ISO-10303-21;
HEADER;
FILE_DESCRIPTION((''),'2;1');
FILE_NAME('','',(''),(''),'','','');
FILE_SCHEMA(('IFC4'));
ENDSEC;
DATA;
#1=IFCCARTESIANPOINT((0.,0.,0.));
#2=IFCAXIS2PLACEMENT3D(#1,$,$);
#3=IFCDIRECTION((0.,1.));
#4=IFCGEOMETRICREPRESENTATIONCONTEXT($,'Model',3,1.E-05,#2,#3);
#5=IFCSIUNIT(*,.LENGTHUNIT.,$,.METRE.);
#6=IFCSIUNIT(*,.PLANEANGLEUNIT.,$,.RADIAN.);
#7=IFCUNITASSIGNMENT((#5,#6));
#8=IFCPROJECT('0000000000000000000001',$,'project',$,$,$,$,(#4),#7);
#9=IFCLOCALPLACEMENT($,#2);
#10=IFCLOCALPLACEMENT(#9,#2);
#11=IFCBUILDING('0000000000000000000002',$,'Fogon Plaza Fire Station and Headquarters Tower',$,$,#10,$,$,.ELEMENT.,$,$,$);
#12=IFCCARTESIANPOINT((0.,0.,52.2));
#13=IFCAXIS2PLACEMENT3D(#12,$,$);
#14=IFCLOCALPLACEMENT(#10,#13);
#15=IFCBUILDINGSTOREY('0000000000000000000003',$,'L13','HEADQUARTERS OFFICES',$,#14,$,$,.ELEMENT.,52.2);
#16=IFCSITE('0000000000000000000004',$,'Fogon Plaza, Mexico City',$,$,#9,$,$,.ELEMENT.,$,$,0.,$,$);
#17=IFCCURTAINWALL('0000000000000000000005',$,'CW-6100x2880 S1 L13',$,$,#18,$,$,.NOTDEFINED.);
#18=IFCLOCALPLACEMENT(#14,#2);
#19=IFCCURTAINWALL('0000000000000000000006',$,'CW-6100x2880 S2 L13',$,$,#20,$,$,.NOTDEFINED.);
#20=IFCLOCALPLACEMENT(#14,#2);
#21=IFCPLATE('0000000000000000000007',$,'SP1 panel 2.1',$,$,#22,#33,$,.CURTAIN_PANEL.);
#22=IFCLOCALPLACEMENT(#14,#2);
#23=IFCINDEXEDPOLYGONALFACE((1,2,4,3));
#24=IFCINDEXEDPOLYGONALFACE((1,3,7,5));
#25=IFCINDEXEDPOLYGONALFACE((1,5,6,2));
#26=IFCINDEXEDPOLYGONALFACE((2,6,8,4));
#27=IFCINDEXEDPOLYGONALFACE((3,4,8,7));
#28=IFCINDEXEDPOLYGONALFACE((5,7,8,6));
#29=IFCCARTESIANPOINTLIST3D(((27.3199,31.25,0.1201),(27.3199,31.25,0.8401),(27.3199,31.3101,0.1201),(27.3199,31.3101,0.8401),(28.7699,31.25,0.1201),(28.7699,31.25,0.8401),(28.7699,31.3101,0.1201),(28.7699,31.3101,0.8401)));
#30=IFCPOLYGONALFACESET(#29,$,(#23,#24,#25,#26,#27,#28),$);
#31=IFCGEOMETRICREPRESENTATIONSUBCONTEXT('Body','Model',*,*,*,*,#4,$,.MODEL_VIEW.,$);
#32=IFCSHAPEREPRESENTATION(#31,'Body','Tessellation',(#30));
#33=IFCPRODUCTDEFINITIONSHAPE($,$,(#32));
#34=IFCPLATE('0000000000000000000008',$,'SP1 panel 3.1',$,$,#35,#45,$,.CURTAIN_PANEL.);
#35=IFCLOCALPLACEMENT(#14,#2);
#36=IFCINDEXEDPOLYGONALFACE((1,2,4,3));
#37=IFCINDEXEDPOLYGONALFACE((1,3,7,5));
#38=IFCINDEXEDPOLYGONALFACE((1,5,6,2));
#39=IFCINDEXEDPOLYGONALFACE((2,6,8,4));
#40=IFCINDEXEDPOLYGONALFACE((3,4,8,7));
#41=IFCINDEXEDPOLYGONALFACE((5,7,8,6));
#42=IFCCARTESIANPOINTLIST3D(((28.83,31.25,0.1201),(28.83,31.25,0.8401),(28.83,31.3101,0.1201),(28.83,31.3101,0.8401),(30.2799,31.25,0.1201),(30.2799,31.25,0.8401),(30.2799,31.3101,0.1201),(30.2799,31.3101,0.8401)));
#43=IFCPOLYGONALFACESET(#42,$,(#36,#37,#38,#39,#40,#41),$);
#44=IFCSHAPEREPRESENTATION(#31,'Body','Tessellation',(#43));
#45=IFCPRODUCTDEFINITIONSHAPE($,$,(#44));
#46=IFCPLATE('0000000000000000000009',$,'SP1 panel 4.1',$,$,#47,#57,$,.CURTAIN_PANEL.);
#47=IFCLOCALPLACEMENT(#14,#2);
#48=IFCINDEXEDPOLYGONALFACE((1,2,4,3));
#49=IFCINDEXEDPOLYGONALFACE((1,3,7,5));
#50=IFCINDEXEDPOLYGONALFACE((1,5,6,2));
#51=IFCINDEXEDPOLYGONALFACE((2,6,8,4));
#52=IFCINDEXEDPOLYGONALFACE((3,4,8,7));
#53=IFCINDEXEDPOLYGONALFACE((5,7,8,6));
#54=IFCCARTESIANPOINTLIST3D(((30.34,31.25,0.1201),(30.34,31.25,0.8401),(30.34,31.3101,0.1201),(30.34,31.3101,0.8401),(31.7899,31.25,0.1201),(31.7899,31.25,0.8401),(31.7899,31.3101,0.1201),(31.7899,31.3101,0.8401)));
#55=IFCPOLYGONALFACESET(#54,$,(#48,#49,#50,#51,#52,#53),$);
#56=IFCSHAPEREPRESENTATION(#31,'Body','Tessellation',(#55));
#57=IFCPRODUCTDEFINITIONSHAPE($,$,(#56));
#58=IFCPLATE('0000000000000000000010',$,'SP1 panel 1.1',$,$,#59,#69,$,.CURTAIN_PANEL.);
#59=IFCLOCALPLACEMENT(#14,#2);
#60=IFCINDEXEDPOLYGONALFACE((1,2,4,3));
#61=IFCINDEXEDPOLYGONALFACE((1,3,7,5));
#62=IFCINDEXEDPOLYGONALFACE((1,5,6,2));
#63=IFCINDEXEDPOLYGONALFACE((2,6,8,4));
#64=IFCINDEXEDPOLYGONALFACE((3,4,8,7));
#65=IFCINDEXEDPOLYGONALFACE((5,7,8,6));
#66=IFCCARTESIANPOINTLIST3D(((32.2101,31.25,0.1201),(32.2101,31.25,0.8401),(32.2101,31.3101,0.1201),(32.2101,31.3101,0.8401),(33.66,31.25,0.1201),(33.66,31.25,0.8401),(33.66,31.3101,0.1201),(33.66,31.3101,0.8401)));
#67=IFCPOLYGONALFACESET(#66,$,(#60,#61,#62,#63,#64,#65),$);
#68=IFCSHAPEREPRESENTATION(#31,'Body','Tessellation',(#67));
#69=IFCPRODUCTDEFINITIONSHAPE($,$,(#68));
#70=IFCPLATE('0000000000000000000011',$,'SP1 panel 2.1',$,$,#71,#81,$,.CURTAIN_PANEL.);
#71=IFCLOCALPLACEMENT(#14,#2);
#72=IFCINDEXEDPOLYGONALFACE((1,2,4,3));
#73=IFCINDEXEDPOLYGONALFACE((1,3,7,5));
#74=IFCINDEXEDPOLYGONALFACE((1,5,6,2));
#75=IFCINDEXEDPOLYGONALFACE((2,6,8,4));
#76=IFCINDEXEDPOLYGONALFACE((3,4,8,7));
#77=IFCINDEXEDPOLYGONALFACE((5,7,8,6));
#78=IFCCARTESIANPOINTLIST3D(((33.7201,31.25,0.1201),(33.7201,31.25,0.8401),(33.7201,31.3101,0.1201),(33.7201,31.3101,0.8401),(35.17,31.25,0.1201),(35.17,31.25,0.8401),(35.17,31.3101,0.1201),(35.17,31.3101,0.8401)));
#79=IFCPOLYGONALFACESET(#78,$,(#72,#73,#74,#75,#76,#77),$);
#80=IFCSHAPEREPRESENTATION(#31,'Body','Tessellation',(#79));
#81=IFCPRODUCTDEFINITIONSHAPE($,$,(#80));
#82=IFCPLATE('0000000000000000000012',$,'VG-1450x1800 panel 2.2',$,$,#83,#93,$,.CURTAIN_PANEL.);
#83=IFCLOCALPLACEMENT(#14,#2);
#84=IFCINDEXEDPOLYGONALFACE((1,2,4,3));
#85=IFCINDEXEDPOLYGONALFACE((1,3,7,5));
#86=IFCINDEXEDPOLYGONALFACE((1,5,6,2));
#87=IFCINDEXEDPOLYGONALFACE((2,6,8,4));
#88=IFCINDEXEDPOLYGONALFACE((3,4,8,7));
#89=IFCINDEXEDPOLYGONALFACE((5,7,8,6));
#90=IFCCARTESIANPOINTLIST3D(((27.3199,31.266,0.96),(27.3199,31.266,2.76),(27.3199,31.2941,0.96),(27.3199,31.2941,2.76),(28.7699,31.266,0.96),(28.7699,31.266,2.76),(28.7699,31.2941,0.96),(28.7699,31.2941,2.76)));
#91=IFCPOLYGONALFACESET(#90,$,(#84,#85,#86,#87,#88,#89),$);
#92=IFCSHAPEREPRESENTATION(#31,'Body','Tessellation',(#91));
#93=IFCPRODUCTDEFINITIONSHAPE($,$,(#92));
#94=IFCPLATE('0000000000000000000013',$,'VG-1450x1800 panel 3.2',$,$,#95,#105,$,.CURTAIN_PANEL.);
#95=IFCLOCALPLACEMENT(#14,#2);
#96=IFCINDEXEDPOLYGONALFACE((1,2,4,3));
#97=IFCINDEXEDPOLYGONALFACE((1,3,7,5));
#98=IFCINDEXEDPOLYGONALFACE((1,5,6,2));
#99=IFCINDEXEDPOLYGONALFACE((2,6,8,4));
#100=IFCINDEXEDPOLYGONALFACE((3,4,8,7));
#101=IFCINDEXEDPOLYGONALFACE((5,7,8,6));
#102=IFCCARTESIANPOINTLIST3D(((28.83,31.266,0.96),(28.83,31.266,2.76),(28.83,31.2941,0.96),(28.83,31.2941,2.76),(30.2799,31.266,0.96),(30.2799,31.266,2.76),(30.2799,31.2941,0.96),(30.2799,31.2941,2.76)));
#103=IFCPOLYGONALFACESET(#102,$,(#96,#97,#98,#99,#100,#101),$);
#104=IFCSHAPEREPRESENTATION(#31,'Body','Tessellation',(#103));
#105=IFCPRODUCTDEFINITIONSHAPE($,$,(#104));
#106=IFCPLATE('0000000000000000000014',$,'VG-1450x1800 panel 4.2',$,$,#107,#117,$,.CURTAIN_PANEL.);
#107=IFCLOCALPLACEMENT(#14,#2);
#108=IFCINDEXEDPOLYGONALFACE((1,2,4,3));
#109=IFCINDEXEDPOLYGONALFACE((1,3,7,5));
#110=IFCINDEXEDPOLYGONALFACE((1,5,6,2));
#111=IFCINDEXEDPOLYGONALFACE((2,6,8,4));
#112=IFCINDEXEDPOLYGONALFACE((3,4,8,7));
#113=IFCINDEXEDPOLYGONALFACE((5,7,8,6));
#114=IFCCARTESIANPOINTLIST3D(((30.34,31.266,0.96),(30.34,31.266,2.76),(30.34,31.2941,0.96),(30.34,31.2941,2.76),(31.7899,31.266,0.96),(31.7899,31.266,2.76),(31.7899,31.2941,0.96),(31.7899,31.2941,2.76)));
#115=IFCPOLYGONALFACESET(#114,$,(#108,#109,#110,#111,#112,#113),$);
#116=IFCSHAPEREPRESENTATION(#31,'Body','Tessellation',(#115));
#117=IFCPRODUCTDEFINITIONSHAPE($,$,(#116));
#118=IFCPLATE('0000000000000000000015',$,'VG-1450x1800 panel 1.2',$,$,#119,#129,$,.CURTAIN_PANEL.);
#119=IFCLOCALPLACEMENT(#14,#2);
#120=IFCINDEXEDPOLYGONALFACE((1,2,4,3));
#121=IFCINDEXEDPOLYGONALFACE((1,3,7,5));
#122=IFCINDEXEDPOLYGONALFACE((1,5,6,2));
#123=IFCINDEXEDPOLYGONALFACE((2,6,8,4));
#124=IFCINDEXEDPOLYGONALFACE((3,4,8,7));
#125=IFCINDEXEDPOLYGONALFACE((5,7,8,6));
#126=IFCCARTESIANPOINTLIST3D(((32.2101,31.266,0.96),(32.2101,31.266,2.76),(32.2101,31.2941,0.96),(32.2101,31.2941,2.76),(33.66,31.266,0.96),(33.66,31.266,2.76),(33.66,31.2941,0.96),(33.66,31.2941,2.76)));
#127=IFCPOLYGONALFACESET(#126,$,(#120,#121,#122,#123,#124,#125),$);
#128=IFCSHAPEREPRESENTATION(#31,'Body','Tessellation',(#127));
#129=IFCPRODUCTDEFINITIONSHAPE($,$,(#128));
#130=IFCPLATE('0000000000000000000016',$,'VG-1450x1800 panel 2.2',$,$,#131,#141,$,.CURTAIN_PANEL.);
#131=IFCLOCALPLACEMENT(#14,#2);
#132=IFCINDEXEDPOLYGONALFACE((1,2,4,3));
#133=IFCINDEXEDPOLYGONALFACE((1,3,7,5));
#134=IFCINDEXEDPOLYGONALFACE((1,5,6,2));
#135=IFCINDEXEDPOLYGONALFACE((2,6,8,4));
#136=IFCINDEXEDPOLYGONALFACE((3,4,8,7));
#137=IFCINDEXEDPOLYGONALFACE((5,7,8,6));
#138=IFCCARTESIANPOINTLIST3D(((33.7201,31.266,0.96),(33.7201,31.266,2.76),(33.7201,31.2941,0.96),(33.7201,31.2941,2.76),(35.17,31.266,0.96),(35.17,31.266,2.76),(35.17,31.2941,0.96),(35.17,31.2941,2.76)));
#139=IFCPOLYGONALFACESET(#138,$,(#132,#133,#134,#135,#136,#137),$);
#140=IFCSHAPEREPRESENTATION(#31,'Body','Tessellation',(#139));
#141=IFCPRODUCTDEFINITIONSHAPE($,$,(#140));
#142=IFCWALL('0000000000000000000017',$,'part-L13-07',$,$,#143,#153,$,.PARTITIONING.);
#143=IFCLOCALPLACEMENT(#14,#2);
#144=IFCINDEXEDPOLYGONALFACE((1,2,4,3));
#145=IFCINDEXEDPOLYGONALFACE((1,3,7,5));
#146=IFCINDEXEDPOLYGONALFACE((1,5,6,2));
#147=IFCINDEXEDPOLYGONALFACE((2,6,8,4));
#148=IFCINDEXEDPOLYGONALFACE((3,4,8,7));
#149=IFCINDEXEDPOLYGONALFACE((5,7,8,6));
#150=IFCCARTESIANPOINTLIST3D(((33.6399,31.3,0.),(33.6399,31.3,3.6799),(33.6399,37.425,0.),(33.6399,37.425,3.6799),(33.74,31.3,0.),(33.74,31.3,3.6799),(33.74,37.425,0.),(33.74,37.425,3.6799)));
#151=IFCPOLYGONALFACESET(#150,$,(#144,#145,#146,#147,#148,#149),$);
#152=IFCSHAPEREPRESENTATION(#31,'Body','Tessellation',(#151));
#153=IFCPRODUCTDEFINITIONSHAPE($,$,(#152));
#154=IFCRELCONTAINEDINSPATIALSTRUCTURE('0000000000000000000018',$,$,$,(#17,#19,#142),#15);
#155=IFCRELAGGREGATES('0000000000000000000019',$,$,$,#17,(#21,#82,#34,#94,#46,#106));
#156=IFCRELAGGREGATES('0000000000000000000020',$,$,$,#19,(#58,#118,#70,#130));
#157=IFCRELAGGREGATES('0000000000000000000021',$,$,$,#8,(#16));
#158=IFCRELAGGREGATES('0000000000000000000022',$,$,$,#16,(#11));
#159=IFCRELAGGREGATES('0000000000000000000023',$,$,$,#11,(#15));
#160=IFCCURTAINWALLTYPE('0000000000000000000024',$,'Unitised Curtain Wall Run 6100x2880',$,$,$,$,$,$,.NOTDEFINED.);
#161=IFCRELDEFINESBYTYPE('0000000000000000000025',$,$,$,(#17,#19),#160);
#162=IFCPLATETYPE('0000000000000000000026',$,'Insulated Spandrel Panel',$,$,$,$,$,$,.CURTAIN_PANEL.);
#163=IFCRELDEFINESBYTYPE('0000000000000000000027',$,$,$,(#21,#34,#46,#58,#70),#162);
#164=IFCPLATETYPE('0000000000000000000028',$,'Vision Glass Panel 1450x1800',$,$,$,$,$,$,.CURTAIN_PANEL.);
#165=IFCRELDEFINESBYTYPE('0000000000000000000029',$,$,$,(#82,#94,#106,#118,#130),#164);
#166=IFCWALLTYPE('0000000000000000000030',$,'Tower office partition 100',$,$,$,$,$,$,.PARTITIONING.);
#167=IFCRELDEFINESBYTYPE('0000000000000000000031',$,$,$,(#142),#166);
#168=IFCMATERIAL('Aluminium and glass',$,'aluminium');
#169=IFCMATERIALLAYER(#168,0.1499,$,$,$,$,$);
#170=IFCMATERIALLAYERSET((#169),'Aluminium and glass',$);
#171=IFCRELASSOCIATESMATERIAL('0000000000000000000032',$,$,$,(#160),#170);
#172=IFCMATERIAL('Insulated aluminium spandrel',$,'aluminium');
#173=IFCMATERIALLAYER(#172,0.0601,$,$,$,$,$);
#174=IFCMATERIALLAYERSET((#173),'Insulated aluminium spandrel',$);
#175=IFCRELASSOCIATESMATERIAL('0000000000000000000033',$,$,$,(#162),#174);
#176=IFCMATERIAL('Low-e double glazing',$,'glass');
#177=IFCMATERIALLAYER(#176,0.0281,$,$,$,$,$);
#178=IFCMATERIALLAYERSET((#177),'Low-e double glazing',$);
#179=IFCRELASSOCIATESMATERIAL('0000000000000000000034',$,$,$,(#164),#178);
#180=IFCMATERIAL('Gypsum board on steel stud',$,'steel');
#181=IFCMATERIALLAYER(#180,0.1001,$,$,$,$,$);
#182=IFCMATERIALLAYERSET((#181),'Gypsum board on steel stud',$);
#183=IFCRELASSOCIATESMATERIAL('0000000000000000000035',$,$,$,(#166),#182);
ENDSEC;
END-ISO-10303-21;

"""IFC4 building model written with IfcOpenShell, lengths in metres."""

from ifc_helpers import new_model, si_unit, direction, frame, frame_2d, origin, origin_2d, place, context, subcontext, project, spatial, rectangle, extrude, material, layer, layer_set, type_object, element, aggregate, save


model = new_model("IFC4")

# Units and contexts
model_context = context("Model", 3, precision=1e-05, world=origin(), true_north=direction((0.0, 1.0)))
body_context = subcontext(model_context, "Body", "Model", "MODEL_VIEW")
ifc_project = project(units=[si_unit("LENGTHUNIT", "METRE"), si_unit("PLANEANGLEUNIT", "RADIAN")], contexts=[model_context])

# Site, building, storey
site_placement = place(None, origin())
site = spatial("IfcSite", under=ifc_project, at=site_placement, Name="Fogon Plaza, Mexico City", CompositionType="ELEMENT", RefElevation=0.0)
building_placement = place(site_placement, origin())
building = spatial("IfcBuilding", under=site, at=building_placement, Name="Fogon Plaza Fire Station and Headquarters Tower", CompositionType="ELEMENT")
storey_placement = place(building_placement, frame((0.0, 0.0, 52.2)))
storey = spatial("IfcBuildingStorey", under=building, at=storey_placement, Name="L13", Description="HEADQUARTERS OFFICES", CompositionType="ELEMENT", Elevation=52.2)

# Curtain walls
ifc_material_1 = material(Name="Aluminium and glass", Category="aluminium")
ifc_layer_1 = layer(ifc_material_1, 0.1499)
ifc_layer_set_1 = layer_set([ifc_layer_1], Name="Aluminium and glass")
curtain_wall_type = type_object("IfcCurtainWallType", Name="Unitised Curtain Wall Run 6100x2880", PredefinedType="NOTDEFINED", material=ifc_layer_set_1)
curtain_wall_1_placement = place(storey_placement, origin())
curtain_wall_1 = element("IfcCurtainWall", 1, at=curtain_wall_1_placement, inside=storey, type_object=curtain_wall_type, Name="CW-6100x2880 S1 L13", PredefinedType="NOTDEFINED")
curtain_wall_2_placement = place(storey_placement, origin())
curtain_wall_2 = element("IfcCurtainWall", 2, at=curtain_wall_2_placement, inside=storey, type_object=curtain_wall_type, Name="CW-6100x2880 S2 L13", PredefinedType="NOTDEFINED")

# Plates
ifc_material_2 = material(Name="Insulated aluminium spandrel", Category="aluminium")
ifc_layer_2 = layer(ifc_material_2, 0.0601)
ifc_layer_set_2 = layer_set([ifc_layer_2], Name="Insulated aluminium spandrel")
plate_type_1 = type_object("IfcPlateType", Name="Insulated Spandrel Panel", PredefinedType="CURTAIN_PANEL", material=ifc_layer_set_2)
plate_1_placement = place(storey_placement, frame((28.0449, 31.28, 0.1201), z_axis=(0.0, 0.0, 1.0), x_axis=(1.0, 0.0, 0.0)))
plate_1 = element("IfcPlate", 3, at=plate_1_placement, type_object=plate_type_1, Name="SP1 panel 2.1", PredefinedType="CURTAIN_PANEL", context=body_context, shape_type="SweptSolid", body=[
    extrude(rectangle(XDim=1.45, YDim=0.0601, at=origin_2d()), origin(), (0.0, 0.0, 1.0), 0.72),
])
plate_2_placement = place(storey_placement, frame((29.5549, 31.28, 0.1201), z_axis=(0.0, 0.0, 1.0), x_axis=(1.0, 0.0, 0.0)))
plate_2 = element("IfcPlate", 4, at=plate_2_placement, type_object=plate_type_1, Name="SP1 panel 3.1", PredefinedType="CURTAIN_PANEL", context=body_context, shape_type="SweptSolid", body=[
    extrude(rectangle(XDim=1.45, YDim=0.0601, at=origin_2d()), origin(), (0.0, 0.0, 1.0), 0.72),
])
plate_3_placement = place(storey_placement, frame((31.0649, 31.28, 0.1201), z_axis=(0.0, 0.0, 1.0), x_axis=(1.0, 0.0, 0.0)))
plate_3 = element("IfcPlate", 5, at=plate_3_placement, type_object=plate_type_1, Name="SP1 panel 4.1", PredefinedType="CURTAIN_PANEL", context=body_context, shape_type="SweptSolid", body=[
    extrude(rectangle(XDim=1.45, YDim=0.0601, at=origin_2d()), origin(), (0.0, 0.0, 1.0), 0.72),
])
plate_4_placement = place(storey_placement, frame((32.9351, 31.28, 0.1201), z_axis=(0.0, 0.0, 1.0), x_axis=(1.0, 0.0, 0.0)))
plate_4 = element("IfcPlate", 6, at=plate_4_placement, type_object=plate_type_1, Name="SP1 panel 1.1", PredefinedType="CURTAIN_PANEL", context=body_context, shape_type="SweptSolid", body=[
    extrude(rectangle(XDim=1.45, YDim=0.0601, at=origin_2d()), origin(), (0.0, 0.0, 1.0), 0.72),
])
plate_5_placement = place(storey_placement, frame((34.4451, 31.28, 0.1201), z_axis=(0.0, 0.0, 1.0), x_axis=(1.0, 0.0, 0.0)))
plate_5 = element("IfcPlate", 7, at=plate_5_placement, type_object=plate_type_1, Name="SP1 panel 2.1", PredefinedType="CURTAIN_PANEL", context=body_context, shape_type="SweptSolid", body=[
    extrude(rectangle(XDim=1.45, YDim=0.0601, at=origin_2d()), origin(), (0.0, 0.0, 1.0), 0.72),
])
ifc_material_3 = material(Name="Low-e double glazing", Category="glass")
ifc_layer_3 = layer(ifc_material_3, 0.0281)
ifc_layer_set_3 = layer_set([ifc_layer_3], Name="Low-e double glazing")
plate_type_2 = type_object("IfcPlateType", Name="Vision Glass Panel 1450x1800", PredefinedType="CURTAIN_PANEL", material=ifc_layer_set_3)
plate_6_placement = place(storey_placement, frame((28.0449, 31.28, 0.96), z_axis=(0.0, 0.0, 1.0), x_axis=(1.0, 0.0, 0.0)))
plate_6 = element("IfcPlate", 8, at=plate_6_placement, type_object=plate_type_2, Name="VG-1450x1800 panel 2.2", PredefinedType="CURTAIN_PANEL", context=body_context, shape_type="SweptSolid", body=[
    extrude(rectangle(XDim=1.45, YDim=0.0281, at=origin_2d()), origin(), (0.0, 0.0, 1.0), 1.8),
])
plate_7_placement = place(storey_placement, frame((29.5549, 31.28, 0.96), z_axis=(0.0, 0.0, 1.0), x_axis=(1.0, 0.0, 0.0)))
plate_7 = element("IfcPlate", 9, at=plate_7_placement, type_object=plate_type_2, Name="VG-1450x1800 panel 3.2", PredefinedType="CURTAIN_PANEL", context=body_context, shape_type="SweptSolid", body=[
    extrude(rectangle(XDim=1.45, YDim=0.0281, at=origin_2d()), origin(), (0.0, 0.0, 1.0), 1.8),
])
plate_8_placement = place(storey_placement, frame((31.0649, 31.28, 0.96), z_axis=(0.0, 0.0, 1.0), x_axis=(1.0, 0.0, 0.0)))
plate_8 = element("IfcPlate", 10, at=plate_8_placement, type_object=plate_type_2, Name="VG-1450x1800 panel 4.2", PredefinedType="CURTAIN_PANEL", context=body_context, shape_type="SweptSolid", body=[
    extrude(rectangle(XDim=1.45, YDim=0.0281, at=origin_2d()), origin(), (0.0, 0.0, 1.0), 1.8),
])
aggregate(curtain_wall_1, [plate_1, plate_6, plate_2, plate_7, plate_3, plate_8])
plate_9_placement = place(storey_placement, frame((32.9351, 31.28, 0.96), z_axis=(0.0, 0.0, 1.0), x_axis=(1.0, 0.0, 0.0)))
plate_9 = element("IfcPlate", 11, at=plate_9_placement, type_object=plate_type_2, Name="VG-1450x1800 panel 1.2", PredefinedType="CURTAIN_PANEL", context=body_context, shape_type="SweptSolid", body=[
    extrude(rectangle(XDim=1.45, YDim=0.0281, at=origin_2d()), origin(), (0.0, 0.0, 1.0), 1.8),
])
plate_10_placement = place(storey_placement, frame((34.4451, 31.28, 0.96), z_axis=(0.0, 0.0, 1.0), x_axis=(1.0, 0.0, 0.0)))
plate_10 = element("IfcPlate", 12, at=plate_10_placement, type_object=plate_type_2, Name="VG-1450x1800 panel 2.2", PredefinedType="CURTAIN_PANEL", context=body_context, shape_type="SweptSolid", body=[
    extrude(rectangle(XDim=1.45, YDim=0.0281, at=origin_2d()), origin(), (0.0, 0.0, 1.0), 1.8),
])
aggregate(curtain_wall_2, [plate_4, plate_9, plate_5, plate_10])

# Wall
ifc_material_4 = material(Name="Gypsum board on steel stud", Category="steel")
ifc_layer_4 = layer(ifc_material_4, 0.1001)
ifc_layer_set_4 = layer_set([ifc_layer_4], Name="Gypsum board on steel stud")
wall_type = type_object("IfcWallType", Name="Tower office partition 100", PredefinedType="PARTITIONING", material=ifc_layer_set_4)
wall_placement = place(storey_placement, frame((33.6899, 31.3, 0.0), z_axis=(0.0, 0.0, 1.0), x_axis=(0.0, 1.0, 0.0)))
element("IfcWall", 13, at=wall_placement, inside=storey, type_object=wall_type, Name="part-L13-07", PredefinedType="PARTITIONING", context=body_context, shape_type="SweptSolid", body=[
    extrude(rectangle(XDim=6.125, YDim=0.1001, at=frame_2d((3.0625, 0.0))), origin(), (0.0, 0.0, 1.0), 3.6799),
])

save(model, "model.ifc")
